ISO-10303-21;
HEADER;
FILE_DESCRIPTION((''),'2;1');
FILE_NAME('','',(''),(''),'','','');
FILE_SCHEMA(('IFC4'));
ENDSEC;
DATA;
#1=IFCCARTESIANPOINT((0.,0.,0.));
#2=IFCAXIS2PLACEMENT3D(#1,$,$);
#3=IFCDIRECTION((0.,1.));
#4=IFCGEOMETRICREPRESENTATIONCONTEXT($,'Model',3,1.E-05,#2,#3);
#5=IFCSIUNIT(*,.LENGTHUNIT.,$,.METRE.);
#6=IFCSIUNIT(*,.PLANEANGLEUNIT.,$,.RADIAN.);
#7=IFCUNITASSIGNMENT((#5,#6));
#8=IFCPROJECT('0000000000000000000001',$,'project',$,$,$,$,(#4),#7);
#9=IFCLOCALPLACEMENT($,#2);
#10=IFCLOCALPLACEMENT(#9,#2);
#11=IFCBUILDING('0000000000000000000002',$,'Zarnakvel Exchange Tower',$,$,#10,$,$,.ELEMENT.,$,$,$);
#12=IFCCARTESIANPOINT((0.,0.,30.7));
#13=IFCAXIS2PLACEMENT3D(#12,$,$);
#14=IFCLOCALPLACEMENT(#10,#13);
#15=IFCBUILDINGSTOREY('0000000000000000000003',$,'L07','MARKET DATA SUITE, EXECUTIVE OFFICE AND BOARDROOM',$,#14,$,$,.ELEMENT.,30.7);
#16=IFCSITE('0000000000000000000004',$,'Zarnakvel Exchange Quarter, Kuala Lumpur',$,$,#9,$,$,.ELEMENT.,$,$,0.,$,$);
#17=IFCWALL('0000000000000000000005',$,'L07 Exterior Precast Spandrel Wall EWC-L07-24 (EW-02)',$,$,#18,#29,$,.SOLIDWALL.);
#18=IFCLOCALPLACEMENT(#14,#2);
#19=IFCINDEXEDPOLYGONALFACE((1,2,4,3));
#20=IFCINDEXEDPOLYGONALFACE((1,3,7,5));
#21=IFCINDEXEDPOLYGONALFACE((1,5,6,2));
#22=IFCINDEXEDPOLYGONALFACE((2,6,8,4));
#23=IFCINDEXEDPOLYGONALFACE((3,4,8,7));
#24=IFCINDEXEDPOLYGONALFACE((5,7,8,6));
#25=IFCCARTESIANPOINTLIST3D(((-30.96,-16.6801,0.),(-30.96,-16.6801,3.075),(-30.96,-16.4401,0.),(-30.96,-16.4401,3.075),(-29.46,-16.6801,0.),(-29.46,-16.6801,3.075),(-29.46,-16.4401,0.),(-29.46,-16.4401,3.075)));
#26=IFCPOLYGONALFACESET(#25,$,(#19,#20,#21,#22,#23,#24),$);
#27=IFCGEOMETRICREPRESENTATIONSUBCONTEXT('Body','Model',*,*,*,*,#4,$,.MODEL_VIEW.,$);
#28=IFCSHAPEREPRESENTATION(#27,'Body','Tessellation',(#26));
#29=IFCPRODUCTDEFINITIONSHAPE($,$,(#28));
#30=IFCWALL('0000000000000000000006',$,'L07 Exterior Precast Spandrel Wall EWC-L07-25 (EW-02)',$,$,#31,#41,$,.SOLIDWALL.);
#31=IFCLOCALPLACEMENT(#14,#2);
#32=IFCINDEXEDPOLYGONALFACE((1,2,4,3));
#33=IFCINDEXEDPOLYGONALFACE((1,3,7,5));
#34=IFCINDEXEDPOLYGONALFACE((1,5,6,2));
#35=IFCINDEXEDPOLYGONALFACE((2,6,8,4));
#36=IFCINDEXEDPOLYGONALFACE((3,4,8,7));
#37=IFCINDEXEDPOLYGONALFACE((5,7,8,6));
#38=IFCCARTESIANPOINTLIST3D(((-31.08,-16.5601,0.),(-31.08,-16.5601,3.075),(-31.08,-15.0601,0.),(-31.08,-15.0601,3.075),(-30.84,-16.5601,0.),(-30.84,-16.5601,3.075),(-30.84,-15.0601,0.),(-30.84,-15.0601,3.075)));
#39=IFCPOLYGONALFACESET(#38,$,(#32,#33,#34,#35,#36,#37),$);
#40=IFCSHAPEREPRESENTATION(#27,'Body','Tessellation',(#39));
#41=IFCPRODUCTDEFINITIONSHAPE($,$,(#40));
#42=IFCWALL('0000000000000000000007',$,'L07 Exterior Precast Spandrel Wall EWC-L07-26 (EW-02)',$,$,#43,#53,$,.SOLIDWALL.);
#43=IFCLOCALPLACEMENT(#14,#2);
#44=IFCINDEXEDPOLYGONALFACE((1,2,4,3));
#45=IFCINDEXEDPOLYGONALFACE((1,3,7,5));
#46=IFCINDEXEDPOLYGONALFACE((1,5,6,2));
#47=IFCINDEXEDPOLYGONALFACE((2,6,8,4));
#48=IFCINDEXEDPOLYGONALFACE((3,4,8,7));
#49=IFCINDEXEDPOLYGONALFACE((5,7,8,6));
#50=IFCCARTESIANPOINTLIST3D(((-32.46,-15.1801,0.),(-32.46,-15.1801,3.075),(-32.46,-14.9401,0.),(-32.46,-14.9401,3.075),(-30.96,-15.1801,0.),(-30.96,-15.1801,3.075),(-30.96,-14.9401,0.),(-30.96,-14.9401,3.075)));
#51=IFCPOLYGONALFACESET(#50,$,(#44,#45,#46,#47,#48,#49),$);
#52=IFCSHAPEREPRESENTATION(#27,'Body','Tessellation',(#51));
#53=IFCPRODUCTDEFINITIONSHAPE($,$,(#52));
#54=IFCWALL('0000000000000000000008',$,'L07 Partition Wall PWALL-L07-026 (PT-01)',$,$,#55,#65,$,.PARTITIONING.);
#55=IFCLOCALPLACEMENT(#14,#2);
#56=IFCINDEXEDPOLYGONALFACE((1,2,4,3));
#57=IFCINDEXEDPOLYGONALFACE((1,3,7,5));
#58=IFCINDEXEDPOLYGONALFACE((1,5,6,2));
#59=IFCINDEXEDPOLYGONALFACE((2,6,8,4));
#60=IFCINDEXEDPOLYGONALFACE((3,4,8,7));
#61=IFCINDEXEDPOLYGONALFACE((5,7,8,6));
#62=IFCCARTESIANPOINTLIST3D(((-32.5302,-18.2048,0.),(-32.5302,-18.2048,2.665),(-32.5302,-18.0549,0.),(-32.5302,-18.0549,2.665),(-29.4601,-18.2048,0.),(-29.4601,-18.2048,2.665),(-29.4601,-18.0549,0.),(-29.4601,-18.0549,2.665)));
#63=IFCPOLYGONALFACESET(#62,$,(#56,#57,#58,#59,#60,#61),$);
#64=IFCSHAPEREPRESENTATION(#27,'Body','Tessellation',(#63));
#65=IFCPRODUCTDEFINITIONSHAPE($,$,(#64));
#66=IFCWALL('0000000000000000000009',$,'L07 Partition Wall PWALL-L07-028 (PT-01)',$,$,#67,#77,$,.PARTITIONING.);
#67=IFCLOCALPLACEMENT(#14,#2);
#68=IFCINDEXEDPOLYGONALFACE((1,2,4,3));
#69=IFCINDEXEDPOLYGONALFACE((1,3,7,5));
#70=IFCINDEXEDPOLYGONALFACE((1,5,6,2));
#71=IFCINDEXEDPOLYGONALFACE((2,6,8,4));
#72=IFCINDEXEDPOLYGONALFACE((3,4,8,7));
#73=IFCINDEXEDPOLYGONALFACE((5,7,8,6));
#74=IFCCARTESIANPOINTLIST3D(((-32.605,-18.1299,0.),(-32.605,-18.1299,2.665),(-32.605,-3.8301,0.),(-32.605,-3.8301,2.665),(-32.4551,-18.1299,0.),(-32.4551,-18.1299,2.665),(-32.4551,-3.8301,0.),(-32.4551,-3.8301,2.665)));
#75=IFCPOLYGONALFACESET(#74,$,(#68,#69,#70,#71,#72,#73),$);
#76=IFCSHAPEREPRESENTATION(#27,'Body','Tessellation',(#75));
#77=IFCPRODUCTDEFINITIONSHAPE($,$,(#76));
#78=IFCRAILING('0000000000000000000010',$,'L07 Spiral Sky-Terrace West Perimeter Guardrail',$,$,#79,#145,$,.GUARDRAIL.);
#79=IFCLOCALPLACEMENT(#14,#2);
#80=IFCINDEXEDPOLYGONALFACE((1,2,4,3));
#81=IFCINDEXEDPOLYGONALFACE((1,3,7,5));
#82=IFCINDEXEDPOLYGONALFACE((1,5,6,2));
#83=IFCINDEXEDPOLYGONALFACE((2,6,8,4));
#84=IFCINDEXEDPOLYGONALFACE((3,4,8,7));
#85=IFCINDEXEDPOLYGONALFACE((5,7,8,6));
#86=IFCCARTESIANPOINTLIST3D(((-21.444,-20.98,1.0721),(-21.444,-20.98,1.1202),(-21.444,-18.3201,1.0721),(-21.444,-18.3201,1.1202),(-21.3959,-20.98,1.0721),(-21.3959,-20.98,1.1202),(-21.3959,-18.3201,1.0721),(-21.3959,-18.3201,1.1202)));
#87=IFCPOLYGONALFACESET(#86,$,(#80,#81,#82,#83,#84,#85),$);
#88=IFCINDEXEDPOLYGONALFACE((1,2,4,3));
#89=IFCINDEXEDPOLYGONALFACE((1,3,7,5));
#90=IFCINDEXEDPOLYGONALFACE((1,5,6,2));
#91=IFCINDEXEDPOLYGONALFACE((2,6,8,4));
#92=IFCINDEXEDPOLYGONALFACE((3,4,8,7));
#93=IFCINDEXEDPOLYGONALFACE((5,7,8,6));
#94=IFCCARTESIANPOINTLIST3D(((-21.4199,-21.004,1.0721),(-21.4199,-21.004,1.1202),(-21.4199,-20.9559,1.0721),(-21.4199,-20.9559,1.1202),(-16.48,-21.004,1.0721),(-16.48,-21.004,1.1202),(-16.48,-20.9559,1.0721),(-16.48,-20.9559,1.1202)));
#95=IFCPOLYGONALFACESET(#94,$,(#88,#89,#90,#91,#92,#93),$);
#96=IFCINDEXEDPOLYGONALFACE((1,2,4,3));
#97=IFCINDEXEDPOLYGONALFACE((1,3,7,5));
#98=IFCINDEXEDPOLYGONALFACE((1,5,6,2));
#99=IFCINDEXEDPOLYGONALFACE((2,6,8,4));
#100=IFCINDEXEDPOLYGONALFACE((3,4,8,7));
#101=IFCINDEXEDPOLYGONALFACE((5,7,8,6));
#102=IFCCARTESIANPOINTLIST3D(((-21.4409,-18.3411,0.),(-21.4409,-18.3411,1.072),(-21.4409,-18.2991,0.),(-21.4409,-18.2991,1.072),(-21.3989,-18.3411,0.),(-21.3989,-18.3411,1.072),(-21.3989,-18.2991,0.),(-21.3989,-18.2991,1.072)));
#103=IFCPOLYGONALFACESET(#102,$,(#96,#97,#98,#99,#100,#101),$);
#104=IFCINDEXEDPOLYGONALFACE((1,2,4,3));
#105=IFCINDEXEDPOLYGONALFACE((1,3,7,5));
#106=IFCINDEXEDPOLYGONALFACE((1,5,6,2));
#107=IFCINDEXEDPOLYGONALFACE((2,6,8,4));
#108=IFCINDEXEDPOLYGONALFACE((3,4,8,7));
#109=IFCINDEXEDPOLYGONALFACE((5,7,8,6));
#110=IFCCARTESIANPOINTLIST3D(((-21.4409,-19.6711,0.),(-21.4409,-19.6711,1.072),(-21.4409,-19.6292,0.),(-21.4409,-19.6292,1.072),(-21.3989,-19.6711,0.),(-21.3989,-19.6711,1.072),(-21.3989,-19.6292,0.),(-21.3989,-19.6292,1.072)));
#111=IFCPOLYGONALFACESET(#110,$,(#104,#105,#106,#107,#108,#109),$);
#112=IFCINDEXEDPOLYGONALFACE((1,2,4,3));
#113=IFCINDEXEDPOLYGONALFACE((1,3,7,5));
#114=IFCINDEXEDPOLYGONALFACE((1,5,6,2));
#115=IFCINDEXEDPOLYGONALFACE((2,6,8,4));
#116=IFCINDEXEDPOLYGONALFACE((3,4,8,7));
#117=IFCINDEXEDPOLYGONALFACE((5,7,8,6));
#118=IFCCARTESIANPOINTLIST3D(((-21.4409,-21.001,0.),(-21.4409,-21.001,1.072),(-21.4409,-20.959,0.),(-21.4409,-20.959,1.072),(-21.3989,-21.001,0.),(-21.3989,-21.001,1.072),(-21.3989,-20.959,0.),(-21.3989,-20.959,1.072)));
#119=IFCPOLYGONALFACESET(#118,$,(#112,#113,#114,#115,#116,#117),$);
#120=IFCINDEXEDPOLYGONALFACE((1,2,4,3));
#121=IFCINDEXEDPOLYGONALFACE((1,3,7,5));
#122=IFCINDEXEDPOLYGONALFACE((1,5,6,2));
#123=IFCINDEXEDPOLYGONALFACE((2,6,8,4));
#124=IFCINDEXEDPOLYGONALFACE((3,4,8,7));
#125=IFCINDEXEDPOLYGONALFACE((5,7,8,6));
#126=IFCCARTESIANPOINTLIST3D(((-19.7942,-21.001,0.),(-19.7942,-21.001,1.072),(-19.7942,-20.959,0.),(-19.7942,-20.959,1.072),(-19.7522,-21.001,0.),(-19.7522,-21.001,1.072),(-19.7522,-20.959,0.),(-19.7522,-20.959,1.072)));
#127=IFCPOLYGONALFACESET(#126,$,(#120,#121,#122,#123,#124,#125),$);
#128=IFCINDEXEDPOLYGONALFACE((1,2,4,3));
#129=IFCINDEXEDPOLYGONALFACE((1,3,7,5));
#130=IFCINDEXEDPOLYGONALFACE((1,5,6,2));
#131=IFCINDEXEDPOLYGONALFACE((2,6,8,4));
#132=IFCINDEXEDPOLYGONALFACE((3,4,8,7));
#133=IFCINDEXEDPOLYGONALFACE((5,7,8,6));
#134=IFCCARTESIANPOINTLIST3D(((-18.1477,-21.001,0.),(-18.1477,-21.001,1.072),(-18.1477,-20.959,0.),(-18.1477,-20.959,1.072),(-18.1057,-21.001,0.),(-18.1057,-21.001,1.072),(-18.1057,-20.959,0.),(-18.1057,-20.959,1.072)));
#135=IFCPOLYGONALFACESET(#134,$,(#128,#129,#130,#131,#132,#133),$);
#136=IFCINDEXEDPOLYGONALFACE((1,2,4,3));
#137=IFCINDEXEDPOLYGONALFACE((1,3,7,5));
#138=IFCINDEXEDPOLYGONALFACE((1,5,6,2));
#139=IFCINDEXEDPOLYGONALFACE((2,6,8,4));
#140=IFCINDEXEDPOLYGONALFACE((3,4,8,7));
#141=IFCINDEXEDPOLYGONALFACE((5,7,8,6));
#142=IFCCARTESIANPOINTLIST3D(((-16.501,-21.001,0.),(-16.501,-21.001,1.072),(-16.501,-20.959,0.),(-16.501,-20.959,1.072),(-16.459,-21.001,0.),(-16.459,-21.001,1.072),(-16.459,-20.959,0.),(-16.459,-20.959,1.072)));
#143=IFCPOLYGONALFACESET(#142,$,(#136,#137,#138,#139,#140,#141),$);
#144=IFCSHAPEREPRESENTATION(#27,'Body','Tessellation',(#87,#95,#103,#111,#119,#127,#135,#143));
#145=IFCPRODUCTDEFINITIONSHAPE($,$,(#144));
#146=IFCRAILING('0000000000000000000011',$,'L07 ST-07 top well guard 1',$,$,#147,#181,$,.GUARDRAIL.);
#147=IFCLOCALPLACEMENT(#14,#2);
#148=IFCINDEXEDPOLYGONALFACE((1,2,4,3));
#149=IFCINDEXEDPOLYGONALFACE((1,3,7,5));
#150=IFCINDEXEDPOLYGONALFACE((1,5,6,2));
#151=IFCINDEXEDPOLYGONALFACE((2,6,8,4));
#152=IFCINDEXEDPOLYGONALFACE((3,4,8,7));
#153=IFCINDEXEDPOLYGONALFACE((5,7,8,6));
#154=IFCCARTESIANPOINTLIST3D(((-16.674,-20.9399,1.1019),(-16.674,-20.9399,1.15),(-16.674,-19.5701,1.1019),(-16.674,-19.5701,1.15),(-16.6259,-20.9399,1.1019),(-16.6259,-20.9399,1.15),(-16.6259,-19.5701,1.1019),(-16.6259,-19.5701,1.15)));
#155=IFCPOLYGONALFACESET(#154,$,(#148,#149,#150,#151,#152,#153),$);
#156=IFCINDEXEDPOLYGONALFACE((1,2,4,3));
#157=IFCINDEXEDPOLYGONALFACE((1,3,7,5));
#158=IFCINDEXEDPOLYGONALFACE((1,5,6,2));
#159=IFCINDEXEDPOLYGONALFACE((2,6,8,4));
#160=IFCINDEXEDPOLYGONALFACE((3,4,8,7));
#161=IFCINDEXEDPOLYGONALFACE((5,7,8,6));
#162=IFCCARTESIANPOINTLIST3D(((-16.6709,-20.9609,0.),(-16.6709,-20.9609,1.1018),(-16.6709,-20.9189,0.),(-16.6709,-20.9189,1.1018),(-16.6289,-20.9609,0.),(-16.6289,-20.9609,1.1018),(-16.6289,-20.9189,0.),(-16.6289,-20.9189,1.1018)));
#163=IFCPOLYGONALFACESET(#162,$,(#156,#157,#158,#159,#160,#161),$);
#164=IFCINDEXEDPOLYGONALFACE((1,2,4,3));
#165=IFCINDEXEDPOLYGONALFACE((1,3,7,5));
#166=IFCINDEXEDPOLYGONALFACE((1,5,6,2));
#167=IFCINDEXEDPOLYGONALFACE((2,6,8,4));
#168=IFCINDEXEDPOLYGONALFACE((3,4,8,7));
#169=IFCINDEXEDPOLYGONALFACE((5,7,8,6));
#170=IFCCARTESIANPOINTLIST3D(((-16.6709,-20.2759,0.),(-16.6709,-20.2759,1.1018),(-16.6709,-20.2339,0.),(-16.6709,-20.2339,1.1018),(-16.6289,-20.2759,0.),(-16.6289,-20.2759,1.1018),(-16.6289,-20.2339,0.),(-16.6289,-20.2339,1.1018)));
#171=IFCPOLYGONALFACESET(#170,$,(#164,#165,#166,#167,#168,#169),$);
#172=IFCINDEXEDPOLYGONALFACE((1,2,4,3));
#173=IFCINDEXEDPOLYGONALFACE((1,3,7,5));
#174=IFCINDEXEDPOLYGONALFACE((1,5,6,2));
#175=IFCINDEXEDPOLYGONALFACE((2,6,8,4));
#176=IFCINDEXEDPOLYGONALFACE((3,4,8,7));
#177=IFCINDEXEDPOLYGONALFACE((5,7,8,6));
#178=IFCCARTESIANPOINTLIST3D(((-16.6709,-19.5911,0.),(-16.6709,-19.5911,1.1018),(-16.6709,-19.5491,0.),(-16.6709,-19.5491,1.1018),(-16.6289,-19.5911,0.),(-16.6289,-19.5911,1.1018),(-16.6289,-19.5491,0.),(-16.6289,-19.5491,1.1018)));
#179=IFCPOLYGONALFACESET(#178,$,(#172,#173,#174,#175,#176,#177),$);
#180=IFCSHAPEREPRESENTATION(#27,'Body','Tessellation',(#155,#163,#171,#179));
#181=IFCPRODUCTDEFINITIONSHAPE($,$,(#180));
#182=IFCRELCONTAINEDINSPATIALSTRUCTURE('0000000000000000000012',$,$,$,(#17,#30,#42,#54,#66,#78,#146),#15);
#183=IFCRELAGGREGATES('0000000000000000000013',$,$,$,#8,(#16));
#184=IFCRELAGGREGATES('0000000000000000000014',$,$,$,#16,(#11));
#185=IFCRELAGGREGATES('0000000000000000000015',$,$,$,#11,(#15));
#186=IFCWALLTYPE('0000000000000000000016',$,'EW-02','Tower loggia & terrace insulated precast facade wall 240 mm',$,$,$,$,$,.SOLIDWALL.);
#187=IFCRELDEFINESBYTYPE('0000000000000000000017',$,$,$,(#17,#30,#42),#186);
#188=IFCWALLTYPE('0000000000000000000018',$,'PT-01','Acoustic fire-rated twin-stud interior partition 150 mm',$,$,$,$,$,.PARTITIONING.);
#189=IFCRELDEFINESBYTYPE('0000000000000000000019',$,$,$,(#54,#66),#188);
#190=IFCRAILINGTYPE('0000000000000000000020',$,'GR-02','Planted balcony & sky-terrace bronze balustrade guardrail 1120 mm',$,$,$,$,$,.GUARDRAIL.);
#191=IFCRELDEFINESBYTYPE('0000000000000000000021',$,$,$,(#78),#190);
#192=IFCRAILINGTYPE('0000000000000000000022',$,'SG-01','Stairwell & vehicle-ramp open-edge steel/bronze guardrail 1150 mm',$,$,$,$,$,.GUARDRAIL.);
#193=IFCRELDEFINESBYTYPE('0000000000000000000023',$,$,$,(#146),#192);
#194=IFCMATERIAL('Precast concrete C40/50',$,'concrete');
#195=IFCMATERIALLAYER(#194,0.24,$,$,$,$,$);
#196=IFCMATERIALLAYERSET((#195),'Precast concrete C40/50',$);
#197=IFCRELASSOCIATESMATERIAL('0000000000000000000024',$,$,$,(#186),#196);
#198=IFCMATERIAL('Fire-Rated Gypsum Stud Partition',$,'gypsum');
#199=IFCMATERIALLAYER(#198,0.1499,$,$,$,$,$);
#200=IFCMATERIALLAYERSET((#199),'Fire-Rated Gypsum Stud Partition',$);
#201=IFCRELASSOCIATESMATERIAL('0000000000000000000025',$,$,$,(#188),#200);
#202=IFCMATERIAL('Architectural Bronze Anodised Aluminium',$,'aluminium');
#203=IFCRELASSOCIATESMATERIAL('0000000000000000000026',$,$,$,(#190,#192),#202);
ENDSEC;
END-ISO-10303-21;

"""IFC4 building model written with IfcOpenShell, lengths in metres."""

from ifc_helpers import new_model, si_unit, direction, frame, frame_2d, origin, origin_2d, place, context, subcontext, project, spatial, rectangle, extrude, material, layer, layer_set, type_object, element, save


model = new_model("IFC4")

# Units and contexts
model_context = context("Model", 3, precision=1e-05, world=origin(), true_north=direction((0.0, 1.0)))
body_context = subcontext(model_context, "Body", "Model", "MODEL_VIEW")
ifc_project = project(units=[si_unit("LENGTHUNIT", "METRE"), si_unit("PLANEANGLEUNIT", "RADIAN")], contexts=[model_context])

# Site, building, storey
site_placement = place(None, origin())
site = spatial("IfcSite", under=ifc_project, at=site_placement, Name="Zarnakvel Exchange Quarter, Kuala Lumpur", CompositionType="ELEMENT", RefElevation=0.0)
building_placement = place(site_placement, origin())
building = spatial("IfcBuilding", under=site, at=building_placement, Name="Zarnakvel Exchange Tower", CompositionType="ELEMENT")
storey_placement = place(building_placement, frame((0.0, 0.0, 30.7)))
storey = spatial("IfcBuildingStorey", under=building, at=storey_placement, Name="L07", Description="MARKET DATA SUITE, EXECUTIVE OFFICE AND BOARDROOM", CompositionType="ELEMENT", Elevation=30.7)

# Shared definitions
ifc_material_1 = material(Name="Architectural Bronze Anodised Aluminium", Category="aluminium")

# Walls
ifc_material_2 = material(Name="Precast concrete C40/50", Category="concrete")
ifc_layer_1 = layer(ifc_material_2, 0.24)
ifc_layer_set_1 = layer_set([ifc_layer_1], Name="Precast concrete C40/50")
wall_type_1 = type_object("IfcWallType", Name="EW-02", Description="Tower loggia & terrace insulated precast facade wall 240 mm", PredefinedType="SOLIDWALL", material=ifc_layer_set_1)
for number, where, z_axis, x_axis, name in (
    (1, (-30.96, -16.5601, 0.0), (0.0, 0.0, 1.0), (1.0, 0.0, 0.0), "L07 Exterior Precast Spandrel Wall EWC-L07-24 (EW-02)"),
    (2, (-30.96, -15.0601, 0.0), (0.0, 0.0, 1.0), (0.0, -1.0, 0.0), "L07 Exterior Precast Spandrel Wall EWC-L07-25 (EW-02)"),
    (3, (-32.46, -15.0601, 0.0), (0.0, 0.0, 1.0), (1.0, 0.0, 0.0), "L07 Exterior Precast Spandrel Wall EWC-L07-26 (EW-02)"),
):
    element("IfcWall", number, at=place(storey_placement, frame(where, z_axis=z_axis, x_axis=x_axis)), inside=storey, type_object=wall_type_1, Name=name, PredefinedType="SOLIDWALL", context=body_context, shape_type="SweptSolid", body=[
        extrude(rectangle(XDim=1.5, YDim=0.24, at=frame_2d((0.75, 0.0))), origin(), (0.0, 0.0, 1.0), 3.075),
    ])
ifc_material_3 = material(Name="Fire-Rated Gypsum Stud Partition", Category="gypsum")
ifc_layer_2 = layer(ifc_material_3, 0.1499)
ifc_layer_set_2 = layer_set([ifc_layer_2], Name="Fire-Rated Gypsum Stud Partition")
wall_type_2 = type_object("IfcWallType", Name="PT-01", Description="Acoustic fire-rated twin-stud interior partition 150 mm", PredefinedType="PARTITIONING", material=ifc_layer_set_2)
wall_1_placement = place(storey_placement, frame((-29.46, -18.1299, 0.0), z_axis=(0.0, 0.0, 1.0), x_axis=(-1.0, 0.0, 0.0)))
element("IfcWall", 4, at=wall_1_placement, inside=storey, type_object=wall_type_2, Name="L07 Partition Wall PWALL-L07-026 (PT-01)", PredefinedType="PARTITIONING", context=body_context, shape_type="SweptSolid", body=[
    extrude(rectangle(XDim=3.0701, YDim=0.1499, at=frame_2d((1.5352, 0.0))), origin(), (0.0, 0.0, 1.0), 2.665),
])
wall_2_placement = place(storey_placement, frame((-32.53, -18.1299, 0.0), z_axis=(0.0, 0.0, 1.0), x_axis=(0.0, 1.0, 0.0)))
element("IfcWall", 5, at=wall_2_placement, inside=storey, type_object=wall_type_2, Name="L07 Partition Wall PWALL-L07-028 (PT-01)", PredefinedType="PARTITIONING", context=body_context, shape_type="SweptSolid", body=[
    extrude(rectangle(XDim=14.2998, YDim=0.1499, at=frame_2d((7.1499, 0.0))), origin(), (0.0, 0.0, 1.0), 2.665),
])

# Railings
railing_type_1 = type_object("IfcRailingType", Name="GR-02", Description="Planted balcony & sky-terrace bronze balustrade guardrail 1120 mm", PredefinedType="GUARDRAIL", material=ifc_material_1)
railing_1_placement = place(storey_placement, frame((-21.4199, -18.3201, 0.0)))
element("IfcRailing", 6, at=railing_1_placement, inside=storey, type_object=railing_type_1, Name="L07 Spiral Sky-Terrace West Perimeter Guardrail", PredefinedType="GUARDRAIL", context=body_context, shape_type="SweptSolid", body=[
    extrude(rectangle(XDim=0.0481, YDim=0.0481, at=origin_2d()), frame((0.0, 0.0, 1.0962), z_axis=(0.0, -1.0, 0.0), x_axis=(1.0, 0.0, 0.0)), (0.0, 0.0, 1.0), 2.6599),
    extrude(rectangle(XDim=0.0481, YDim=0.0481, at=origin_2d()), frame((0.0, -2.6599, 1.0962), z_axis=(1.0, 0.0, 0.0), x_axis=(0.0, 1.0, 0.0)), (0.0, 0.0, 1.0), 4.9399),
    extrude(rectangle(XDim=0.042, YDim=0.042, at=origin_2d()), origin(), (0.0, 0.0, 1.0), 1.072),
    extrude(rectangle(XDim=0.042, YDim=0.042, at=origin_2d()), frame((0.0, -1.3301, 0.0)), (0.0, 0.0, 1.0), 1.072),
    extrude(rectangle(XDim=0.042, YDim=0.042, at=origin_2d()), frame((0.0, -2.6599, 0.0)), (0.0, 0.0, 1.0), 1.072),
    extrude(rectangle(XDim=0.042, YDim=0.042, at=origin_2d()), frame((1.6467, -2.6599, 0.0)), (0.0, 0.0, 1.0), 1.072),
    extrude(rectangle(XDim=0.042, YDim=0.042, at=origin_2d()), frame((3.2932, -2.6599, 0.0)), (0.0, 0.0, 1.0), 1.072),
    extrude(rectangle(XDim=0.042, YDim=0.042, at=origin_2d()), frame((4.9399, -2.6599, 0.0)), (0.0, 0.0, 1.0), 1.072),
])
railing_type_2 = type_object("IfcRailingType", Name="SG-01", Description="Stairwell & vehicle-ramp open-edge steel/bronze guardrail 1150 mm", PredefinedType="GUARDRAIL", material=ifc_material_1)
railing_2_placement = place(storey_placement, frame((-16.6499, -20.9399, 0.0)))
element("IfcRailing", 7, at=railing_2_placement, inside=storey, type_object=railing_type_2, Name="L07 ST-07 top well guard 1", PredefinedType="GUARDRAIL", context=body_context, shape_type="SweptSolid", body=[
    extrude(rectangle(XDim=0.0481, YDim=0.0481, at=origin_2d()), frame((0.0, 0.0, 1.126), z_axis=(0.0, 1.0, 0.0), x_axis=(-1.0, 0.0, 0.0)), (0.0, 0.0, 1.0), 1.3699),
    extrude(rectangle(XDim=0.042, YDim=0.042, at=origin_2d()), origin(), (0.0, 0.0, 1.0), 1.1018),
    extrude(rectangle(XDim=0.042, YDim=0.042, at=origin_2d()), frame((0.0, 0.6851, 0.0)), (0.0, 0.0, 1.0), 1.1018),
    extrude(rectangle(XDim=0.042, YDim=0.042, at=origin_2d()), frame((0.0, 1.3699, 0.0)), (0.0, 0.0, 1.0), 1.1018),
])

save(model, "model.ifc")
